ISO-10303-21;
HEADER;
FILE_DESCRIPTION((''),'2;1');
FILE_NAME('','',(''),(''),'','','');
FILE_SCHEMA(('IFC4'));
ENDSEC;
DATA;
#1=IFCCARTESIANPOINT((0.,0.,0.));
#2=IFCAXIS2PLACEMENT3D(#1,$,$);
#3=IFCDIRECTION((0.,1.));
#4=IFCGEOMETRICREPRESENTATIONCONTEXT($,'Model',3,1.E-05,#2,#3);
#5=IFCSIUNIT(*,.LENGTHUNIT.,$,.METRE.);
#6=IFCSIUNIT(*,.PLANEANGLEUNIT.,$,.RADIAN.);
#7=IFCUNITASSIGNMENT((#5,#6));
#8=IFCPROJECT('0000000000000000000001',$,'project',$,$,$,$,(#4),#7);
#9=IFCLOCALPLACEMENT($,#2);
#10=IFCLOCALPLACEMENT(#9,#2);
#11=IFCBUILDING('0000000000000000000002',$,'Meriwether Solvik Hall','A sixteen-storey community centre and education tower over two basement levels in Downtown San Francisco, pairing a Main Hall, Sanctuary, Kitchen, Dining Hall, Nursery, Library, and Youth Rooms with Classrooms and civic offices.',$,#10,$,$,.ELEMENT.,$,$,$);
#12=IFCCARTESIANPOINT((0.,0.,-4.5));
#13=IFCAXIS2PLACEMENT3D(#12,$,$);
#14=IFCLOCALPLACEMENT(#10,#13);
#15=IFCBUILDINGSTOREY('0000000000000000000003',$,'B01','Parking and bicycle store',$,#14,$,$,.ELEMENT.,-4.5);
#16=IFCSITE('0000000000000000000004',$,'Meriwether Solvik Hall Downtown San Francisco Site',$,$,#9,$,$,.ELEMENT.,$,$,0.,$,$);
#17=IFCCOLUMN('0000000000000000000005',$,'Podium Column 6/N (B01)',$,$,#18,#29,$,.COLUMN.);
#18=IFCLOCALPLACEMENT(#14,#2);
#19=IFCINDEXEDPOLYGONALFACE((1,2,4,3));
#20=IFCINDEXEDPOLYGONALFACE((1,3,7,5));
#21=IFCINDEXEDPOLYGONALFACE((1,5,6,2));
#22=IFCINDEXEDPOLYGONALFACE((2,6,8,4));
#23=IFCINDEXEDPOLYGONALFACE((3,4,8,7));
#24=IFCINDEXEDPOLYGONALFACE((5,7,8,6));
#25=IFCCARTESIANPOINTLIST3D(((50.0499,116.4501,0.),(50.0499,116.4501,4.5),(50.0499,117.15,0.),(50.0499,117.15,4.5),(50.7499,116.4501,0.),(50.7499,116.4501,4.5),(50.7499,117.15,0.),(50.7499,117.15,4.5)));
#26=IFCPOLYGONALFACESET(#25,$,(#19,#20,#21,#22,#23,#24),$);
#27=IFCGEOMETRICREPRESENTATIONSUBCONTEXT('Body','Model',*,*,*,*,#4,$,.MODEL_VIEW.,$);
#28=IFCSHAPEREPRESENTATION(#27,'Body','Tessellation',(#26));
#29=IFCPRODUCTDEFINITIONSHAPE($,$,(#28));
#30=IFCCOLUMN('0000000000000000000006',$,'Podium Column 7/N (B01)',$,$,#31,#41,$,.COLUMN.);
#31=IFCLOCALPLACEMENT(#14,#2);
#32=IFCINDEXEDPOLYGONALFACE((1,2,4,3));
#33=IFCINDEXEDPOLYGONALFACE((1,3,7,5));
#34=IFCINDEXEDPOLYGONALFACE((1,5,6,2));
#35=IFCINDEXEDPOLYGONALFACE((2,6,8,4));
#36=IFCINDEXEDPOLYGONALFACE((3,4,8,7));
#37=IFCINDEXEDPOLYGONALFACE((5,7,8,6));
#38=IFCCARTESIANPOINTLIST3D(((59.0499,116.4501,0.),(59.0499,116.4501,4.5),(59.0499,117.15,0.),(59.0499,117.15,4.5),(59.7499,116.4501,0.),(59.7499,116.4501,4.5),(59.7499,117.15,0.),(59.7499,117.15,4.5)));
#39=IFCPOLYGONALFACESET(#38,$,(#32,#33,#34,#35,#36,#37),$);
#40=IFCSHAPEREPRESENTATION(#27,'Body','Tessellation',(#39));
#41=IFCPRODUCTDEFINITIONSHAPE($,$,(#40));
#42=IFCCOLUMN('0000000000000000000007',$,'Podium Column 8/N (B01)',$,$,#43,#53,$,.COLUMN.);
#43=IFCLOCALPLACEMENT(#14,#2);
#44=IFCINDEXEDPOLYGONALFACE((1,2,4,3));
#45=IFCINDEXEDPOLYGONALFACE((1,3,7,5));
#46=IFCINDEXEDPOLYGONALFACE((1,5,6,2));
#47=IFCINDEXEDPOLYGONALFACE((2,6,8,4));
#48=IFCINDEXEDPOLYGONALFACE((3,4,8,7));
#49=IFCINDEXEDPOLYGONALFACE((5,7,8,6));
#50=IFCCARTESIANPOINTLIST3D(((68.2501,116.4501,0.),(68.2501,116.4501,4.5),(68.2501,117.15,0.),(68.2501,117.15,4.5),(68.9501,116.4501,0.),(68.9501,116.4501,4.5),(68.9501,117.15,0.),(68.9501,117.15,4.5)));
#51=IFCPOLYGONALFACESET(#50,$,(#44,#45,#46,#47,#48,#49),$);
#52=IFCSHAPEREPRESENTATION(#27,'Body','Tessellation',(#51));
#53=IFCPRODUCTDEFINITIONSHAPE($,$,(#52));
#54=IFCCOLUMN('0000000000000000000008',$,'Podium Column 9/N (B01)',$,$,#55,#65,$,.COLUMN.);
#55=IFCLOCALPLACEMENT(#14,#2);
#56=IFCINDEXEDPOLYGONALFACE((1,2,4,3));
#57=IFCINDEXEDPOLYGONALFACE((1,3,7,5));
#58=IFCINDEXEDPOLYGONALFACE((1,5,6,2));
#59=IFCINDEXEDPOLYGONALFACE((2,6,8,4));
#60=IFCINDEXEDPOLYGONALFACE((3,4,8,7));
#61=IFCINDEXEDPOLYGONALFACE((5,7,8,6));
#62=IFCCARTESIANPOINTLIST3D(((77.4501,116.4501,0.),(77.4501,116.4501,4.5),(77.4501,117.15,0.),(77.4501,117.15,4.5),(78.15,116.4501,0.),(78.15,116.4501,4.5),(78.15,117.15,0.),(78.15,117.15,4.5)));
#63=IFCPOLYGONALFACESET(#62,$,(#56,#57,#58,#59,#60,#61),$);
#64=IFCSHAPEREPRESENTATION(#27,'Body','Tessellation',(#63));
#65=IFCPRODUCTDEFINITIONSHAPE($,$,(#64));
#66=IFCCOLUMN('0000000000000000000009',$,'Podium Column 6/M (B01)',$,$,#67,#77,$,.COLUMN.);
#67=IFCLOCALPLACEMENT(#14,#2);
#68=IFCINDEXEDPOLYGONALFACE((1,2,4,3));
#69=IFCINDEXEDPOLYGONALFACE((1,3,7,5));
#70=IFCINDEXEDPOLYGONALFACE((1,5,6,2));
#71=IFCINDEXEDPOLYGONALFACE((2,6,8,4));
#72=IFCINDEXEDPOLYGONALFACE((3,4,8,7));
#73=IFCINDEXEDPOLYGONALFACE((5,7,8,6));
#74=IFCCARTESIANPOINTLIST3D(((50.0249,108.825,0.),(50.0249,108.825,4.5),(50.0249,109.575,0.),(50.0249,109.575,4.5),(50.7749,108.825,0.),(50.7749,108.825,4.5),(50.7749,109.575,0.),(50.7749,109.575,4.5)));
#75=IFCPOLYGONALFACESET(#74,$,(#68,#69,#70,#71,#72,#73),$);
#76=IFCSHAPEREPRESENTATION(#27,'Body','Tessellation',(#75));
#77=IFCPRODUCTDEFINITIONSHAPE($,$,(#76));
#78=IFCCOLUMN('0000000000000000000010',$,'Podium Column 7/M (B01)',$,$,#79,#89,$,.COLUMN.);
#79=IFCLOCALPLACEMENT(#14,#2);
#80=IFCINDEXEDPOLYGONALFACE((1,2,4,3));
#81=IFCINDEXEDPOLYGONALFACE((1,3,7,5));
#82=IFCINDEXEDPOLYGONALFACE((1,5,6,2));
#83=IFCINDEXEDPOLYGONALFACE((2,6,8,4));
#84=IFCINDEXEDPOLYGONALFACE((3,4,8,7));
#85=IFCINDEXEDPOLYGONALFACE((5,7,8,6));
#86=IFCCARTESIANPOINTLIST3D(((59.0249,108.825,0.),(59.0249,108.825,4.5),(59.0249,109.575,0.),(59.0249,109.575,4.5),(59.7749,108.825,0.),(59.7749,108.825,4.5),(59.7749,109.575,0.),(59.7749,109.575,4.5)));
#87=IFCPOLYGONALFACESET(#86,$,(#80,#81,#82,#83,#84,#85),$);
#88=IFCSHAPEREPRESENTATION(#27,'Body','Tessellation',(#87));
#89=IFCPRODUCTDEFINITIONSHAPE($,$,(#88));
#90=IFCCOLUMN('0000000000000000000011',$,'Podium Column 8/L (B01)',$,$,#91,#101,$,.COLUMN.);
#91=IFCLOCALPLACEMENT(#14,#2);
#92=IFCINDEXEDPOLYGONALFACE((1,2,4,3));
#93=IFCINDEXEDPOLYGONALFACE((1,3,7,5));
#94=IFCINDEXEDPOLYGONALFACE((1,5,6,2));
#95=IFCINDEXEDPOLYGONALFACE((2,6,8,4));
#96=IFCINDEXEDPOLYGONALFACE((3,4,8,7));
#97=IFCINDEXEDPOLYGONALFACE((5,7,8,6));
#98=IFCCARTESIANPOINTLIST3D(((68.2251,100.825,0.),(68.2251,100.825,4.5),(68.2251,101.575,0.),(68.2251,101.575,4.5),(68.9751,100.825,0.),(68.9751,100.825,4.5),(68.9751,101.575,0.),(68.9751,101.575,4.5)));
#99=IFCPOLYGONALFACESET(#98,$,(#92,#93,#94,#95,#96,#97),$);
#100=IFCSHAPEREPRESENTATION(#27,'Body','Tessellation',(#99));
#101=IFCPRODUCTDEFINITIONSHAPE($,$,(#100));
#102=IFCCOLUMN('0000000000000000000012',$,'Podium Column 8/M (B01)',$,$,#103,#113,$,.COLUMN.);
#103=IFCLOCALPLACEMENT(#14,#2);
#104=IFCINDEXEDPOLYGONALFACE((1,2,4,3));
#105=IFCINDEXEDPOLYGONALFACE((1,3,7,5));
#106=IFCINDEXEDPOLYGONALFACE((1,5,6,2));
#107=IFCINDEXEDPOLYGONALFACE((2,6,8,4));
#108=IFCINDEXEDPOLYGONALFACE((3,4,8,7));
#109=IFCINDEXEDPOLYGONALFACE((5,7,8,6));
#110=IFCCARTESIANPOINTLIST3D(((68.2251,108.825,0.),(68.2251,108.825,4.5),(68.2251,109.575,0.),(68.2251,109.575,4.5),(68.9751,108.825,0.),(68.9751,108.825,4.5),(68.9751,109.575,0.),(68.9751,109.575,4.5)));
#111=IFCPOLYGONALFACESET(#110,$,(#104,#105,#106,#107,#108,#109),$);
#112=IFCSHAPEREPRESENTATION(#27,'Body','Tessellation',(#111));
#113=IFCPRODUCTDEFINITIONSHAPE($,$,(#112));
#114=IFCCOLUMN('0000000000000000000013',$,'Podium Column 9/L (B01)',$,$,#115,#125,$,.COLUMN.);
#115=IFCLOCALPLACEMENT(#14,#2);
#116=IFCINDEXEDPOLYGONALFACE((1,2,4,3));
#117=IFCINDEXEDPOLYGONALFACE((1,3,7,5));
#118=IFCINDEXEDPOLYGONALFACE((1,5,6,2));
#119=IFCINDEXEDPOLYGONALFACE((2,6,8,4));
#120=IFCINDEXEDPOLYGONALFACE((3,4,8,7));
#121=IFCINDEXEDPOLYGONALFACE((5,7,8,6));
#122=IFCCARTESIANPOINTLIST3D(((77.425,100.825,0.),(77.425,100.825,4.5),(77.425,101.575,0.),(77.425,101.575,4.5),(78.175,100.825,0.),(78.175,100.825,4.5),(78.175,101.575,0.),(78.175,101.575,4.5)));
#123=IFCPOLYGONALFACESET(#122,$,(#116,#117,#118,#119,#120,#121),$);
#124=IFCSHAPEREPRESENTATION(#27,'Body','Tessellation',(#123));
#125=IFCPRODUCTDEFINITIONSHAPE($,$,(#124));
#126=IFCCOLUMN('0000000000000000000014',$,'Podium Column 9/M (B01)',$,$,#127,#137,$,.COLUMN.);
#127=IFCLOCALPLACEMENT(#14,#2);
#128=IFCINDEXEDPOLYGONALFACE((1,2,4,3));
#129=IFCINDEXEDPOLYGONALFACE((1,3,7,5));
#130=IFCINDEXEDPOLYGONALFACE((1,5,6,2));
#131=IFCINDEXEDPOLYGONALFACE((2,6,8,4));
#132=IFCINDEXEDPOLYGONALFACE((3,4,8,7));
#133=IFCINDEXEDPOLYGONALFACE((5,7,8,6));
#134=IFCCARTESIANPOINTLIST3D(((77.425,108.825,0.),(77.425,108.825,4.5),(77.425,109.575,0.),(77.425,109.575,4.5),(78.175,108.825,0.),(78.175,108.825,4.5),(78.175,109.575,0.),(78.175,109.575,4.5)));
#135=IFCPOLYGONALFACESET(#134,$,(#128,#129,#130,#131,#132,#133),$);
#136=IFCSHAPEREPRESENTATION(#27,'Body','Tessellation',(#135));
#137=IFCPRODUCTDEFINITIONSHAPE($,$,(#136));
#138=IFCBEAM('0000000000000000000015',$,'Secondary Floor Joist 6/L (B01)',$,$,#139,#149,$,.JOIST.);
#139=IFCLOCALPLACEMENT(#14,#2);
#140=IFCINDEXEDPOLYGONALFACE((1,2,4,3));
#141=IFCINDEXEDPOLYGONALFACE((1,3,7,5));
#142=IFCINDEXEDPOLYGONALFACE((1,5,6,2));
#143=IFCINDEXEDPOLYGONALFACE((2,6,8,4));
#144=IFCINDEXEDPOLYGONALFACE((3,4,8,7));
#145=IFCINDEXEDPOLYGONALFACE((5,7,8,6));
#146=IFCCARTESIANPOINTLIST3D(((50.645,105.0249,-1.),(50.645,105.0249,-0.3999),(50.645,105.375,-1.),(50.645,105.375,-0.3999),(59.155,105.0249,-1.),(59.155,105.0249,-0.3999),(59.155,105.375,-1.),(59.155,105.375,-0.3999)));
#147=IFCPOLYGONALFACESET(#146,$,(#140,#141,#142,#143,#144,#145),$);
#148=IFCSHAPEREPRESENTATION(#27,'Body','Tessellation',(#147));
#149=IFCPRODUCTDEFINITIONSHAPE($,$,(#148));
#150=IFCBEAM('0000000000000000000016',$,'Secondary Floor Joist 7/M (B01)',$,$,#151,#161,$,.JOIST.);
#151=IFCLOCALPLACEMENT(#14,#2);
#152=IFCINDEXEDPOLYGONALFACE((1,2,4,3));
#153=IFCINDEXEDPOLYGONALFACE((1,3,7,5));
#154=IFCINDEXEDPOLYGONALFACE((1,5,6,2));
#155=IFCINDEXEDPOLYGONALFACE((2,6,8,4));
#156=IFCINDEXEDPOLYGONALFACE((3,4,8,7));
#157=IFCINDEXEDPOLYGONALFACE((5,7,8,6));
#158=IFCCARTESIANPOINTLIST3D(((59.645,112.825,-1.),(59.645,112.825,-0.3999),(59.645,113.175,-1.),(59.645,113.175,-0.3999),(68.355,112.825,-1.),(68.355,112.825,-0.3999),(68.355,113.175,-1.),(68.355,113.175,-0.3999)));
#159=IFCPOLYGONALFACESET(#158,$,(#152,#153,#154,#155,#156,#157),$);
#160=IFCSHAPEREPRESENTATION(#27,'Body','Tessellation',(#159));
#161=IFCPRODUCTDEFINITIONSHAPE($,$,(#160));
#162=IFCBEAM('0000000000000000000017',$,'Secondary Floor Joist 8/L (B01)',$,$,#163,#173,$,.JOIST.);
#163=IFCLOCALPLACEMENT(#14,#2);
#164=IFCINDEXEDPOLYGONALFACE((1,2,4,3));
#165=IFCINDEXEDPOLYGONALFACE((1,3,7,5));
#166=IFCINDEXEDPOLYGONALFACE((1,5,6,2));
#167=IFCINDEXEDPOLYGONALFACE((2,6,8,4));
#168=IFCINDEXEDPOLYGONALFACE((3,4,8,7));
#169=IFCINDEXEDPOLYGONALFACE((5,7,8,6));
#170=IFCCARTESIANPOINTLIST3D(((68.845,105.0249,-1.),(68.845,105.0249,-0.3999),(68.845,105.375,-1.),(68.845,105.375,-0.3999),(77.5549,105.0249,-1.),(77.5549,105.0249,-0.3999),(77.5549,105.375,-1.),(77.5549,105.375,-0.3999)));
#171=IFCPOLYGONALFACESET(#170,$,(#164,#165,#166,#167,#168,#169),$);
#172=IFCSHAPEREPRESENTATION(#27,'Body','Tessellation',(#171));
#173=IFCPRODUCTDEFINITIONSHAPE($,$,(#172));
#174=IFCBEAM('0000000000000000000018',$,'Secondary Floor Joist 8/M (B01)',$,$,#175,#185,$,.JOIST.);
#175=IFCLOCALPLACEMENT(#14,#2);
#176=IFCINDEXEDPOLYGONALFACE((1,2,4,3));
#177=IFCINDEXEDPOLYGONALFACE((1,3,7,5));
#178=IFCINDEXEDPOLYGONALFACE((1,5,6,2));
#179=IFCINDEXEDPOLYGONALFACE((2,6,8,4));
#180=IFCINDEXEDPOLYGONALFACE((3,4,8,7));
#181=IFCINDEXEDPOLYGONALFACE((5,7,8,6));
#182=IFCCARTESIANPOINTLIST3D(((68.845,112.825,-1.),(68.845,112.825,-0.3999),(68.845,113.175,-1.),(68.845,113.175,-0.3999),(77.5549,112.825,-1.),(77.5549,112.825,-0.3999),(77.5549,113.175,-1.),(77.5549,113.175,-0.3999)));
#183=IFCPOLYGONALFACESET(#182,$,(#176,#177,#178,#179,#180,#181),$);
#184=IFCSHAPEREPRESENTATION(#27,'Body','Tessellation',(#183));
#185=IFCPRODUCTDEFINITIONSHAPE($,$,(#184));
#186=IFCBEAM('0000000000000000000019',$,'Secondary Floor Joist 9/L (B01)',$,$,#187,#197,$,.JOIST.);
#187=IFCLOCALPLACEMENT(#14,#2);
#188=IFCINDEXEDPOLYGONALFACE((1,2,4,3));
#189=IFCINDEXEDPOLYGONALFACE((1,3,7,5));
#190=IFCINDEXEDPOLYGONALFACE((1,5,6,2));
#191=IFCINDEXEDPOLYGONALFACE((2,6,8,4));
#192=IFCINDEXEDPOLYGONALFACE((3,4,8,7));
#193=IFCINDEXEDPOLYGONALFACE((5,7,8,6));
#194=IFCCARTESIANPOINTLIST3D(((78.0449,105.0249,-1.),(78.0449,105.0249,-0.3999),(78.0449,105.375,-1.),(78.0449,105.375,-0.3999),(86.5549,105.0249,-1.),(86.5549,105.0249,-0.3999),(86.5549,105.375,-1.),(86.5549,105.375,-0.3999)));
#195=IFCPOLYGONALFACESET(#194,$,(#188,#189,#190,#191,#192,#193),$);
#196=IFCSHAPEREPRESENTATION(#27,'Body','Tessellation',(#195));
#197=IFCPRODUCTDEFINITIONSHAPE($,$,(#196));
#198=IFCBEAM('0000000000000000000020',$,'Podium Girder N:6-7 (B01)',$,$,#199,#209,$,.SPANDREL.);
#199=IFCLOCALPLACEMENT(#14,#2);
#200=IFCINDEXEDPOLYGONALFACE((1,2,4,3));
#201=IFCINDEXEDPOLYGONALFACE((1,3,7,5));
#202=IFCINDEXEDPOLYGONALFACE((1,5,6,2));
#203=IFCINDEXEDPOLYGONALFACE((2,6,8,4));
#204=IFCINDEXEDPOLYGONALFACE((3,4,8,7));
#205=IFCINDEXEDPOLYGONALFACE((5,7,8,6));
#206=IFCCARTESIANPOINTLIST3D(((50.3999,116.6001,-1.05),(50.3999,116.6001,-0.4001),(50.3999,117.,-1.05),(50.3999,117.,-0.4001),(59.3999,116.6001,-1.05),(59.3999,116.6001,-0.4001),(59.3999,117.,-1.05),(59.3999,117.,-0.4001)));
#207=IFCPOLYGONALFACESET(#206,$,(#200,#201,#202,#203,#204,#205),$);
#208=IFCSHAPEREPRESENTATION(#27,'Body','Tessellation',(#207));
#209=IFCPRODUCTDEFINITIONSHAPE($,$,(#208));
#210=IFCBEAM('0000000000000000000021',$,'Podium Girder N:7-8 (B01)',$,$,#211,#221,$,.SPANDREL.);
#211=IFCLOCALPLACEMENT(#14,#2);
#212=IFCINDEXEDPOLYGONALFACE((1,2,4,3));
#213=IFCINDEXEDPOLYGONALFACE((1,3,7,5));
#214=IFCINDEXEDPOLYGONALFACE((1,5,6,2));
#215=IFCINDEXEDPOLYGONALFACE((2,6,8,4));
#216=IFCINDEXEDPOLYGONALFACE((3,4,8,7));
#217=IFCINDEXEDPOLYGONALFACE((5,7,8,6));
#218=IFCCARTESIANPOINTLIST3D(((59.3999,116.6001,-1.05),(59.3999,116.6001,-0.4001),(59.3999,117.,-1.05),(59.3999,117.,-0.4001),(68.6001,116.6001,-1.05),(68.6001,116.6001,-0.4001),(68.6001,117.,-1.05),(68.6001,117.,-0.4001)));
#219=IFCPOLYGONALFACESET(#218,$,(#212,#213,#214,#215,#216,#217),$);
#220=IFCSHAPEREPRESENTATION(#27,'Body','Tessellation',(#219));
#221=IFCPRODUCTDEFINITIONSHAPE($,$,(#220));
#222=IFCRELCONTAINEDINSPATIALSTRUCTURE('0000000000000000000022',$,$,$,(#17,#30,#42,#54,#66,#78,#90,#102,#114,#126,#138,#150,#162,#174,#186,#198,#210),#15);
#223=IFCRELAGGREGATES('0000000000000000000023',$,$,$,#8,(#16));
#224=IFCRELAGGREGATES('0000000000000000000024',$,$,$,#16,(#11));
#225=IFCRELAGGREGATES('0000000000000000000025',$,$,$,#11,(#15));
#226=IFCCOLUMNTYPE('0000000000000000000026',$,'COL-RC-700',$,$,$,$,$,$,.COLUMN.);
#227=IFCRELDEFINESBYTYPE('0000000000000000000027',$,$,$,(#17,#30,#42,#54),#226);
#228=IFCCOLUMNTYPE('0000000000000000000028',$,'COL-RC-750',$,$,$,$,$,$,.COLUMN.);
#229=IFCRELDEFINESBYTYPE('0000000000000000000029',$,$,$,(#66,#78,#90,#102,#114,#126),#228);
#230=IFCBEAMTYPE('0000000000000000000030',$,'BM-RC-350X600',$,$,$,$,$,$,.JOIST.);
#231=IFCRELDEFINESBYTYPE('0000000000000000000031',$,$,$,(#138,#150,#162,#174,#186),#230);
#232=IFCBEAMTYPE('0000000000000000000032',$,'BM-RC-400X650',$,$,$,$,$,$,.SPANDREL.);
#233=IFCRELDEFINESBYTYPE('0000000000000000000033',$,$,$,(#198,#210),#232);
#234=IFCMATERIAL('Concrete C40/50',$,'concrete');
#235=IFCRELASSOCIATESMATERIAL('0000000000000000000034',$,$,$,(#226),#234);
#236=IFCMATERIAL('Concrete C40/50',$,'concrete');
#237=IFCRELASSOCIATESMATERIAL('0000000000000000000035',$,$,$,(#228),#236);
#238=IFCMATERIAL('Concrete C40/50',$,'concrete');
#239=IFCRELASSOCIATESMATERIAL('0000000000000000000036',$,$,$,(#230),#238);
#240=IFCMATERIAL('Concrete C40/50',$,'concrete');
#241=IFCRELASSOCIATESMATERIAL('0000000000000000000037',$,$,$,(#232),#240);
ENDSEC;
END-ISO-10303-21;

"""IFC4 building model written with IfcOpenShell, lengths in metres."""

from ifc_helpers import new_model, si_unit, direction, frame, origin, origin_2d, place, context, subcontext, project, spatial, rectangle, extrude, material, material_profile, profile_set, type_object, element, save


model = new_model("IFC4")

# Units and contexts
model_context = context("Model", 3, precision=1e-05, world=origin(), true_north=direction((0.0, 1.0)))
body_context = subcontext(model_context, "Body", "Model", "MODEL_VIEW")
ifc_project = project(units=[si_unit("LENGTHUNIT", "METRE"), si_unit("PLANEANGLEUNIT", "RADIAN")], contexts=[model_context])

# Site, building, storey
site_placement = place(None, origin())
site = spatial("IfcSite", under=ifc_project, at=site_placement, Name="Meriwether Solvik Hall Downtown San Francisco Site", CompositionType="ELEMENT", RefElevation=0.0)
building_placement = place(site_placement, origin())
building = spatial("IfcBuilding", under=site, at=building_placement, Name="Meriwether Solvik Hall", Description="A sixteen-storey community centre and education tower over two basement levels in Downtown San Francisco, pairing a Main Hall, Sanctuary, Kitchen, Dining Hall, Nursery, Library, and Youth Rooms with Classrooms and civic offices.", CompositionType="ELEMENT")
storey_placement = place(building_placement, frame((0.0, 0.0, -4.5)))
storey = spatial("IfcBuildingStorey", under=building, at=storey_placement, Name="B01", Description="Parking and bicycle store", CompositionType="ELEMENT", Elevation=-4.5)

# Columns
ifc_material_1 = material(Name="Concrete C40/50", Category="concrete")
ifc_material_profile_1 = material_profile(ifc_material_1, rectangle(XDim=0.7, YDim=0.7, at=origin_2d()), Name="RCC-700X700")
ifc_profile_set_1 = profile_set([ifc_material_profile_1], Name="Concrete C40/50")
column_type_1 = type_object("IfcColumnType", Name="COL-RC-700", PredefinedType="COLUMN", material=ifc_profile_set_1)
for number, where, z_axis, x_axis, name in (
    (1, (50.3999, 116.8, 0.0), (0.0, 0.0, 1.0), (1.0, 0.0, 0.0), "Podium Column 6/N (B01)"),
    (2, (59.3999, 116.8, 0.0), (0.0, 0.0, 1.0), (1.0, 0.0, 0.0), "Podium Column 7/N (B01)"),
    (3, (68.6001, 116.8, 0.0), (0.0, 0.0, 1.0), (1.0, 0.0, 0.0), "Podium Column 8/N (B01)"),
    (4, (77.8, 116.8, 0.0), (0.0, 0.0, 1.0), (1.0, 0.0, 0.0), "Podium Column 9/N (B01)"),
):
    element("IfcColumn", number, at=place(storey_placement, frame(where, z_axis=z_axis, x_axis=x_axis)), inside=storey, type_object=column_type_1, Name=name, PredefinedType="COLUMN", context=body_context, shape_type="SweptSolid", body=[
        extrude(rectangle(XDim=0.7, YDim=0.7, at=origin_2d()), origin(), (0.0, 0.0, 1.0), 4.5),
    ])
ifc_material_2 = material(Name="Concrete C40/50", Category="concrete")
ifc_material_profile_2 = material_profile(ifc_material_2, rectangle(XDim=0.75, YDim=0.75, at=origin_2d()), Name="RCC-750X750")
ifc_profile_set_2 = profile_set([ifc_material_profile_2], Name="Concrete C40/50")
column_type_2 = type_object("IfcColumnType", Name="COL-RC-750", PredefinedType="COLUMN", material=ifc_profile_set_2)
for number, where, z_axis, x_axis, name in (
    (5, (50.3999, 109.2, 0.0), (0.0, 0.0, 1.0), (1.0, 0.0, 0.0), "Podium Column 6/M (B01)"),
    (6, (59.3999, 109.2, 0.0), (0.0, 0.0, 1.0), (1.0, 0.0, 0.0), "Podium Column 7/M (B01)"),
    (7, (68.6001, 101.2, 0.0), (0.0, 0.0, 1.0), (1.0, 0.0, 0.0), "Podium Column 8/L (B01)"),
    (8, (68.6001, 109.2, 0.0), (0.0, 0.0, 1.0), (1.0, 0.0, 0.0), "Podium Column 8/M (B01)"),
    (9, (77.8, 101.2, 0.0), (0.0, 0.0, 1.0), (1.0, 0.0, 0.0), "Podium Column 9/L (B01)"),
    (10, (77.8, 109.2, 0.0), (0.0, 0.0, 1.0), (1.0, 0.0, 0.0), "Podium Column 9/M (B01)"),
):
    element("IfcColumn", number, at=place(storey_placement, frame(where, z_axis=z_axis, x_axis=x_axis)), inside=storey, type_object=column_type_2, Name=name, PredefinedType="COLUMN", context=body_context, shape_type="SweptSolid", body=[
        extrude(rectangle(XDim=0.75, YDim=0.75, at=origin_2d()), origin(), (0.0, 0.0, 1.0), 4.5),
    ])

# Beams
ifc_material_3 = material(Name="Concrete C40/50", Category="concrete")
ifc_material_profile_3 = material_profile(ifc_material_3, rectangle(XDim=0.3501, YDim=0.6001, at=origin_2d()), Name="RCB-350X600")
ifc_profile_set_3 = profile_set([ifc_material_profile_3], Name="Concrete C40/50")
beam_type_1 = type_object("IfcBeamType", Name="BM-RC-350X600", PredefinedType="JOIST", material=ifc_profile_set_3)
beam_1_placement = place(storey_placement, frame((50.645, 105.2, -0.7), z_axis=(1.0, 0.0, 0.0), x_axis=(0.0, 1.0, 0.0)))
element("IfcBeam", 11, at=beam_1_placement, inside=storey, type_object=beam_type_1, Name="Secondary Floor Joist 6/L (B01)", PredefinedType="JOIST", context=body_context, shape_type="SweptSolid", body=[
    extrude(rectangle(XDim=0.3501, YDim=0.6001, at=origin_2d()), origin(), (0.0, 0.0, 1.0), 8.51),
])
for number, where, z_axis, x_axis, name in (
    (12, (59.645, 113.0, -0.7), (1.0, 0.0, 0.0), (0.0, 1.0, 0.0), "Secondary Floor Joist 7/M (B01)"),
    (13, (68.845, 105.2, -0.7), (1.0, 0.0, 0.0), (0.0, 1.0, 0.0), "Secondary Floor Joist 8/L (B01)"),
    (14, (68.845, 113.0, -0.7), (1.0, 0.0, 0.0), (0.0, 1.0, 0.0), "Secondary Floor Joist 8/M (B01)"),
):
    element("IfcBeam", number, at=place(storey_placement, frame(where, z_axis=z_axis, x_axis=x_axis)), inside=storey, type_object=beam_type_1, Name=name, PredefinedType="JOIST", context=body_context, shape_type="SweptSolid", body=[
        extrude(rectangle(XDim=0.3501, YDim=0.6001, at=origin_2d()), origin(), (0.0, 0.0, 1.0), 8.71),
    ])
beam_2_placement = place(storey_placement, frame((78.0449, 105.2, -0.7), z_axis=(1.0, 0.0, 0.0), x_axis=(0.0, 1.0, 0.0)))
element("IfcBeam", 15, at=beam_2_placement, inside=storey, type_object=beam_type_1, Name="Secondary Floor Joist 9/L (B01)", PredefinedType="JOIST", context=body_context, shape_type="SweptSolid", body=[
    extrude(rectangle(XDim=0.3501, YDim=0.6001, at=origin_2d()), origin(), (0.0, 0.0, 1.0), 8.51),
])
ifc_material_4 = material(Name="Concrete C40/50", Category="concrete")
ifc_material_profile_4 = material_profile(ifc_material_4, rectangle(XDim=0.3999, YDim=0.6499, at=origin_2d()), Name="RCB-400X650")
ifc_profile_set_4 = profile_set([ifc_material_profile_4], Name="Concrete C40/50")
beam_type_2 = type_object("IfcBeamType", Name="BM-RC-400X650", PredefinedType="SPANDREL", material=ifc_profile_set_4)
beam_3_placement = place(storey_placement, frame((50.3999, 116.8, -0.7251), z_axis=(1.0, 0.0, 0.0), x_axis=(0.0, 1.0, 0.0)))
element("IfcBeam", 16, at=beam_3_placement, inside=storey, type_object=beam_type_2, Name="Podium Girder N:6-7 (B01)", PredefinedType="SPANDREL", context=body_context, shape_type="SweptSolid", body=[
    extrude(rectangle(XDim=0.3999, YDim=0.6499, at=origin_2d()), origin(), (0.0, 0.0, 1.0), 9.0),
])
beam_4_placement = place(storey_placement, frame((59.3999, 116.8, -0.7251), z_axis=(1.0, 0.0, 0.0), x_axis=(0.0, 1.0, 0.0)))
element("IfcBeam", 17, at=beam_4_placement, inside=storey, type_object=beam_type_2, Name="Podium Girder N:7-8 (B01)", PredefinedType="SPANDREL", context=body_context, shape_type="SweptSolid", body=[
    extrude(rectangle(XDim=0.3999, YDim=0.6499, at=origin_2d()), origin(), (0.0, 0.0, 1.0), 9.2002),
])

save(model, "model.ifc")
